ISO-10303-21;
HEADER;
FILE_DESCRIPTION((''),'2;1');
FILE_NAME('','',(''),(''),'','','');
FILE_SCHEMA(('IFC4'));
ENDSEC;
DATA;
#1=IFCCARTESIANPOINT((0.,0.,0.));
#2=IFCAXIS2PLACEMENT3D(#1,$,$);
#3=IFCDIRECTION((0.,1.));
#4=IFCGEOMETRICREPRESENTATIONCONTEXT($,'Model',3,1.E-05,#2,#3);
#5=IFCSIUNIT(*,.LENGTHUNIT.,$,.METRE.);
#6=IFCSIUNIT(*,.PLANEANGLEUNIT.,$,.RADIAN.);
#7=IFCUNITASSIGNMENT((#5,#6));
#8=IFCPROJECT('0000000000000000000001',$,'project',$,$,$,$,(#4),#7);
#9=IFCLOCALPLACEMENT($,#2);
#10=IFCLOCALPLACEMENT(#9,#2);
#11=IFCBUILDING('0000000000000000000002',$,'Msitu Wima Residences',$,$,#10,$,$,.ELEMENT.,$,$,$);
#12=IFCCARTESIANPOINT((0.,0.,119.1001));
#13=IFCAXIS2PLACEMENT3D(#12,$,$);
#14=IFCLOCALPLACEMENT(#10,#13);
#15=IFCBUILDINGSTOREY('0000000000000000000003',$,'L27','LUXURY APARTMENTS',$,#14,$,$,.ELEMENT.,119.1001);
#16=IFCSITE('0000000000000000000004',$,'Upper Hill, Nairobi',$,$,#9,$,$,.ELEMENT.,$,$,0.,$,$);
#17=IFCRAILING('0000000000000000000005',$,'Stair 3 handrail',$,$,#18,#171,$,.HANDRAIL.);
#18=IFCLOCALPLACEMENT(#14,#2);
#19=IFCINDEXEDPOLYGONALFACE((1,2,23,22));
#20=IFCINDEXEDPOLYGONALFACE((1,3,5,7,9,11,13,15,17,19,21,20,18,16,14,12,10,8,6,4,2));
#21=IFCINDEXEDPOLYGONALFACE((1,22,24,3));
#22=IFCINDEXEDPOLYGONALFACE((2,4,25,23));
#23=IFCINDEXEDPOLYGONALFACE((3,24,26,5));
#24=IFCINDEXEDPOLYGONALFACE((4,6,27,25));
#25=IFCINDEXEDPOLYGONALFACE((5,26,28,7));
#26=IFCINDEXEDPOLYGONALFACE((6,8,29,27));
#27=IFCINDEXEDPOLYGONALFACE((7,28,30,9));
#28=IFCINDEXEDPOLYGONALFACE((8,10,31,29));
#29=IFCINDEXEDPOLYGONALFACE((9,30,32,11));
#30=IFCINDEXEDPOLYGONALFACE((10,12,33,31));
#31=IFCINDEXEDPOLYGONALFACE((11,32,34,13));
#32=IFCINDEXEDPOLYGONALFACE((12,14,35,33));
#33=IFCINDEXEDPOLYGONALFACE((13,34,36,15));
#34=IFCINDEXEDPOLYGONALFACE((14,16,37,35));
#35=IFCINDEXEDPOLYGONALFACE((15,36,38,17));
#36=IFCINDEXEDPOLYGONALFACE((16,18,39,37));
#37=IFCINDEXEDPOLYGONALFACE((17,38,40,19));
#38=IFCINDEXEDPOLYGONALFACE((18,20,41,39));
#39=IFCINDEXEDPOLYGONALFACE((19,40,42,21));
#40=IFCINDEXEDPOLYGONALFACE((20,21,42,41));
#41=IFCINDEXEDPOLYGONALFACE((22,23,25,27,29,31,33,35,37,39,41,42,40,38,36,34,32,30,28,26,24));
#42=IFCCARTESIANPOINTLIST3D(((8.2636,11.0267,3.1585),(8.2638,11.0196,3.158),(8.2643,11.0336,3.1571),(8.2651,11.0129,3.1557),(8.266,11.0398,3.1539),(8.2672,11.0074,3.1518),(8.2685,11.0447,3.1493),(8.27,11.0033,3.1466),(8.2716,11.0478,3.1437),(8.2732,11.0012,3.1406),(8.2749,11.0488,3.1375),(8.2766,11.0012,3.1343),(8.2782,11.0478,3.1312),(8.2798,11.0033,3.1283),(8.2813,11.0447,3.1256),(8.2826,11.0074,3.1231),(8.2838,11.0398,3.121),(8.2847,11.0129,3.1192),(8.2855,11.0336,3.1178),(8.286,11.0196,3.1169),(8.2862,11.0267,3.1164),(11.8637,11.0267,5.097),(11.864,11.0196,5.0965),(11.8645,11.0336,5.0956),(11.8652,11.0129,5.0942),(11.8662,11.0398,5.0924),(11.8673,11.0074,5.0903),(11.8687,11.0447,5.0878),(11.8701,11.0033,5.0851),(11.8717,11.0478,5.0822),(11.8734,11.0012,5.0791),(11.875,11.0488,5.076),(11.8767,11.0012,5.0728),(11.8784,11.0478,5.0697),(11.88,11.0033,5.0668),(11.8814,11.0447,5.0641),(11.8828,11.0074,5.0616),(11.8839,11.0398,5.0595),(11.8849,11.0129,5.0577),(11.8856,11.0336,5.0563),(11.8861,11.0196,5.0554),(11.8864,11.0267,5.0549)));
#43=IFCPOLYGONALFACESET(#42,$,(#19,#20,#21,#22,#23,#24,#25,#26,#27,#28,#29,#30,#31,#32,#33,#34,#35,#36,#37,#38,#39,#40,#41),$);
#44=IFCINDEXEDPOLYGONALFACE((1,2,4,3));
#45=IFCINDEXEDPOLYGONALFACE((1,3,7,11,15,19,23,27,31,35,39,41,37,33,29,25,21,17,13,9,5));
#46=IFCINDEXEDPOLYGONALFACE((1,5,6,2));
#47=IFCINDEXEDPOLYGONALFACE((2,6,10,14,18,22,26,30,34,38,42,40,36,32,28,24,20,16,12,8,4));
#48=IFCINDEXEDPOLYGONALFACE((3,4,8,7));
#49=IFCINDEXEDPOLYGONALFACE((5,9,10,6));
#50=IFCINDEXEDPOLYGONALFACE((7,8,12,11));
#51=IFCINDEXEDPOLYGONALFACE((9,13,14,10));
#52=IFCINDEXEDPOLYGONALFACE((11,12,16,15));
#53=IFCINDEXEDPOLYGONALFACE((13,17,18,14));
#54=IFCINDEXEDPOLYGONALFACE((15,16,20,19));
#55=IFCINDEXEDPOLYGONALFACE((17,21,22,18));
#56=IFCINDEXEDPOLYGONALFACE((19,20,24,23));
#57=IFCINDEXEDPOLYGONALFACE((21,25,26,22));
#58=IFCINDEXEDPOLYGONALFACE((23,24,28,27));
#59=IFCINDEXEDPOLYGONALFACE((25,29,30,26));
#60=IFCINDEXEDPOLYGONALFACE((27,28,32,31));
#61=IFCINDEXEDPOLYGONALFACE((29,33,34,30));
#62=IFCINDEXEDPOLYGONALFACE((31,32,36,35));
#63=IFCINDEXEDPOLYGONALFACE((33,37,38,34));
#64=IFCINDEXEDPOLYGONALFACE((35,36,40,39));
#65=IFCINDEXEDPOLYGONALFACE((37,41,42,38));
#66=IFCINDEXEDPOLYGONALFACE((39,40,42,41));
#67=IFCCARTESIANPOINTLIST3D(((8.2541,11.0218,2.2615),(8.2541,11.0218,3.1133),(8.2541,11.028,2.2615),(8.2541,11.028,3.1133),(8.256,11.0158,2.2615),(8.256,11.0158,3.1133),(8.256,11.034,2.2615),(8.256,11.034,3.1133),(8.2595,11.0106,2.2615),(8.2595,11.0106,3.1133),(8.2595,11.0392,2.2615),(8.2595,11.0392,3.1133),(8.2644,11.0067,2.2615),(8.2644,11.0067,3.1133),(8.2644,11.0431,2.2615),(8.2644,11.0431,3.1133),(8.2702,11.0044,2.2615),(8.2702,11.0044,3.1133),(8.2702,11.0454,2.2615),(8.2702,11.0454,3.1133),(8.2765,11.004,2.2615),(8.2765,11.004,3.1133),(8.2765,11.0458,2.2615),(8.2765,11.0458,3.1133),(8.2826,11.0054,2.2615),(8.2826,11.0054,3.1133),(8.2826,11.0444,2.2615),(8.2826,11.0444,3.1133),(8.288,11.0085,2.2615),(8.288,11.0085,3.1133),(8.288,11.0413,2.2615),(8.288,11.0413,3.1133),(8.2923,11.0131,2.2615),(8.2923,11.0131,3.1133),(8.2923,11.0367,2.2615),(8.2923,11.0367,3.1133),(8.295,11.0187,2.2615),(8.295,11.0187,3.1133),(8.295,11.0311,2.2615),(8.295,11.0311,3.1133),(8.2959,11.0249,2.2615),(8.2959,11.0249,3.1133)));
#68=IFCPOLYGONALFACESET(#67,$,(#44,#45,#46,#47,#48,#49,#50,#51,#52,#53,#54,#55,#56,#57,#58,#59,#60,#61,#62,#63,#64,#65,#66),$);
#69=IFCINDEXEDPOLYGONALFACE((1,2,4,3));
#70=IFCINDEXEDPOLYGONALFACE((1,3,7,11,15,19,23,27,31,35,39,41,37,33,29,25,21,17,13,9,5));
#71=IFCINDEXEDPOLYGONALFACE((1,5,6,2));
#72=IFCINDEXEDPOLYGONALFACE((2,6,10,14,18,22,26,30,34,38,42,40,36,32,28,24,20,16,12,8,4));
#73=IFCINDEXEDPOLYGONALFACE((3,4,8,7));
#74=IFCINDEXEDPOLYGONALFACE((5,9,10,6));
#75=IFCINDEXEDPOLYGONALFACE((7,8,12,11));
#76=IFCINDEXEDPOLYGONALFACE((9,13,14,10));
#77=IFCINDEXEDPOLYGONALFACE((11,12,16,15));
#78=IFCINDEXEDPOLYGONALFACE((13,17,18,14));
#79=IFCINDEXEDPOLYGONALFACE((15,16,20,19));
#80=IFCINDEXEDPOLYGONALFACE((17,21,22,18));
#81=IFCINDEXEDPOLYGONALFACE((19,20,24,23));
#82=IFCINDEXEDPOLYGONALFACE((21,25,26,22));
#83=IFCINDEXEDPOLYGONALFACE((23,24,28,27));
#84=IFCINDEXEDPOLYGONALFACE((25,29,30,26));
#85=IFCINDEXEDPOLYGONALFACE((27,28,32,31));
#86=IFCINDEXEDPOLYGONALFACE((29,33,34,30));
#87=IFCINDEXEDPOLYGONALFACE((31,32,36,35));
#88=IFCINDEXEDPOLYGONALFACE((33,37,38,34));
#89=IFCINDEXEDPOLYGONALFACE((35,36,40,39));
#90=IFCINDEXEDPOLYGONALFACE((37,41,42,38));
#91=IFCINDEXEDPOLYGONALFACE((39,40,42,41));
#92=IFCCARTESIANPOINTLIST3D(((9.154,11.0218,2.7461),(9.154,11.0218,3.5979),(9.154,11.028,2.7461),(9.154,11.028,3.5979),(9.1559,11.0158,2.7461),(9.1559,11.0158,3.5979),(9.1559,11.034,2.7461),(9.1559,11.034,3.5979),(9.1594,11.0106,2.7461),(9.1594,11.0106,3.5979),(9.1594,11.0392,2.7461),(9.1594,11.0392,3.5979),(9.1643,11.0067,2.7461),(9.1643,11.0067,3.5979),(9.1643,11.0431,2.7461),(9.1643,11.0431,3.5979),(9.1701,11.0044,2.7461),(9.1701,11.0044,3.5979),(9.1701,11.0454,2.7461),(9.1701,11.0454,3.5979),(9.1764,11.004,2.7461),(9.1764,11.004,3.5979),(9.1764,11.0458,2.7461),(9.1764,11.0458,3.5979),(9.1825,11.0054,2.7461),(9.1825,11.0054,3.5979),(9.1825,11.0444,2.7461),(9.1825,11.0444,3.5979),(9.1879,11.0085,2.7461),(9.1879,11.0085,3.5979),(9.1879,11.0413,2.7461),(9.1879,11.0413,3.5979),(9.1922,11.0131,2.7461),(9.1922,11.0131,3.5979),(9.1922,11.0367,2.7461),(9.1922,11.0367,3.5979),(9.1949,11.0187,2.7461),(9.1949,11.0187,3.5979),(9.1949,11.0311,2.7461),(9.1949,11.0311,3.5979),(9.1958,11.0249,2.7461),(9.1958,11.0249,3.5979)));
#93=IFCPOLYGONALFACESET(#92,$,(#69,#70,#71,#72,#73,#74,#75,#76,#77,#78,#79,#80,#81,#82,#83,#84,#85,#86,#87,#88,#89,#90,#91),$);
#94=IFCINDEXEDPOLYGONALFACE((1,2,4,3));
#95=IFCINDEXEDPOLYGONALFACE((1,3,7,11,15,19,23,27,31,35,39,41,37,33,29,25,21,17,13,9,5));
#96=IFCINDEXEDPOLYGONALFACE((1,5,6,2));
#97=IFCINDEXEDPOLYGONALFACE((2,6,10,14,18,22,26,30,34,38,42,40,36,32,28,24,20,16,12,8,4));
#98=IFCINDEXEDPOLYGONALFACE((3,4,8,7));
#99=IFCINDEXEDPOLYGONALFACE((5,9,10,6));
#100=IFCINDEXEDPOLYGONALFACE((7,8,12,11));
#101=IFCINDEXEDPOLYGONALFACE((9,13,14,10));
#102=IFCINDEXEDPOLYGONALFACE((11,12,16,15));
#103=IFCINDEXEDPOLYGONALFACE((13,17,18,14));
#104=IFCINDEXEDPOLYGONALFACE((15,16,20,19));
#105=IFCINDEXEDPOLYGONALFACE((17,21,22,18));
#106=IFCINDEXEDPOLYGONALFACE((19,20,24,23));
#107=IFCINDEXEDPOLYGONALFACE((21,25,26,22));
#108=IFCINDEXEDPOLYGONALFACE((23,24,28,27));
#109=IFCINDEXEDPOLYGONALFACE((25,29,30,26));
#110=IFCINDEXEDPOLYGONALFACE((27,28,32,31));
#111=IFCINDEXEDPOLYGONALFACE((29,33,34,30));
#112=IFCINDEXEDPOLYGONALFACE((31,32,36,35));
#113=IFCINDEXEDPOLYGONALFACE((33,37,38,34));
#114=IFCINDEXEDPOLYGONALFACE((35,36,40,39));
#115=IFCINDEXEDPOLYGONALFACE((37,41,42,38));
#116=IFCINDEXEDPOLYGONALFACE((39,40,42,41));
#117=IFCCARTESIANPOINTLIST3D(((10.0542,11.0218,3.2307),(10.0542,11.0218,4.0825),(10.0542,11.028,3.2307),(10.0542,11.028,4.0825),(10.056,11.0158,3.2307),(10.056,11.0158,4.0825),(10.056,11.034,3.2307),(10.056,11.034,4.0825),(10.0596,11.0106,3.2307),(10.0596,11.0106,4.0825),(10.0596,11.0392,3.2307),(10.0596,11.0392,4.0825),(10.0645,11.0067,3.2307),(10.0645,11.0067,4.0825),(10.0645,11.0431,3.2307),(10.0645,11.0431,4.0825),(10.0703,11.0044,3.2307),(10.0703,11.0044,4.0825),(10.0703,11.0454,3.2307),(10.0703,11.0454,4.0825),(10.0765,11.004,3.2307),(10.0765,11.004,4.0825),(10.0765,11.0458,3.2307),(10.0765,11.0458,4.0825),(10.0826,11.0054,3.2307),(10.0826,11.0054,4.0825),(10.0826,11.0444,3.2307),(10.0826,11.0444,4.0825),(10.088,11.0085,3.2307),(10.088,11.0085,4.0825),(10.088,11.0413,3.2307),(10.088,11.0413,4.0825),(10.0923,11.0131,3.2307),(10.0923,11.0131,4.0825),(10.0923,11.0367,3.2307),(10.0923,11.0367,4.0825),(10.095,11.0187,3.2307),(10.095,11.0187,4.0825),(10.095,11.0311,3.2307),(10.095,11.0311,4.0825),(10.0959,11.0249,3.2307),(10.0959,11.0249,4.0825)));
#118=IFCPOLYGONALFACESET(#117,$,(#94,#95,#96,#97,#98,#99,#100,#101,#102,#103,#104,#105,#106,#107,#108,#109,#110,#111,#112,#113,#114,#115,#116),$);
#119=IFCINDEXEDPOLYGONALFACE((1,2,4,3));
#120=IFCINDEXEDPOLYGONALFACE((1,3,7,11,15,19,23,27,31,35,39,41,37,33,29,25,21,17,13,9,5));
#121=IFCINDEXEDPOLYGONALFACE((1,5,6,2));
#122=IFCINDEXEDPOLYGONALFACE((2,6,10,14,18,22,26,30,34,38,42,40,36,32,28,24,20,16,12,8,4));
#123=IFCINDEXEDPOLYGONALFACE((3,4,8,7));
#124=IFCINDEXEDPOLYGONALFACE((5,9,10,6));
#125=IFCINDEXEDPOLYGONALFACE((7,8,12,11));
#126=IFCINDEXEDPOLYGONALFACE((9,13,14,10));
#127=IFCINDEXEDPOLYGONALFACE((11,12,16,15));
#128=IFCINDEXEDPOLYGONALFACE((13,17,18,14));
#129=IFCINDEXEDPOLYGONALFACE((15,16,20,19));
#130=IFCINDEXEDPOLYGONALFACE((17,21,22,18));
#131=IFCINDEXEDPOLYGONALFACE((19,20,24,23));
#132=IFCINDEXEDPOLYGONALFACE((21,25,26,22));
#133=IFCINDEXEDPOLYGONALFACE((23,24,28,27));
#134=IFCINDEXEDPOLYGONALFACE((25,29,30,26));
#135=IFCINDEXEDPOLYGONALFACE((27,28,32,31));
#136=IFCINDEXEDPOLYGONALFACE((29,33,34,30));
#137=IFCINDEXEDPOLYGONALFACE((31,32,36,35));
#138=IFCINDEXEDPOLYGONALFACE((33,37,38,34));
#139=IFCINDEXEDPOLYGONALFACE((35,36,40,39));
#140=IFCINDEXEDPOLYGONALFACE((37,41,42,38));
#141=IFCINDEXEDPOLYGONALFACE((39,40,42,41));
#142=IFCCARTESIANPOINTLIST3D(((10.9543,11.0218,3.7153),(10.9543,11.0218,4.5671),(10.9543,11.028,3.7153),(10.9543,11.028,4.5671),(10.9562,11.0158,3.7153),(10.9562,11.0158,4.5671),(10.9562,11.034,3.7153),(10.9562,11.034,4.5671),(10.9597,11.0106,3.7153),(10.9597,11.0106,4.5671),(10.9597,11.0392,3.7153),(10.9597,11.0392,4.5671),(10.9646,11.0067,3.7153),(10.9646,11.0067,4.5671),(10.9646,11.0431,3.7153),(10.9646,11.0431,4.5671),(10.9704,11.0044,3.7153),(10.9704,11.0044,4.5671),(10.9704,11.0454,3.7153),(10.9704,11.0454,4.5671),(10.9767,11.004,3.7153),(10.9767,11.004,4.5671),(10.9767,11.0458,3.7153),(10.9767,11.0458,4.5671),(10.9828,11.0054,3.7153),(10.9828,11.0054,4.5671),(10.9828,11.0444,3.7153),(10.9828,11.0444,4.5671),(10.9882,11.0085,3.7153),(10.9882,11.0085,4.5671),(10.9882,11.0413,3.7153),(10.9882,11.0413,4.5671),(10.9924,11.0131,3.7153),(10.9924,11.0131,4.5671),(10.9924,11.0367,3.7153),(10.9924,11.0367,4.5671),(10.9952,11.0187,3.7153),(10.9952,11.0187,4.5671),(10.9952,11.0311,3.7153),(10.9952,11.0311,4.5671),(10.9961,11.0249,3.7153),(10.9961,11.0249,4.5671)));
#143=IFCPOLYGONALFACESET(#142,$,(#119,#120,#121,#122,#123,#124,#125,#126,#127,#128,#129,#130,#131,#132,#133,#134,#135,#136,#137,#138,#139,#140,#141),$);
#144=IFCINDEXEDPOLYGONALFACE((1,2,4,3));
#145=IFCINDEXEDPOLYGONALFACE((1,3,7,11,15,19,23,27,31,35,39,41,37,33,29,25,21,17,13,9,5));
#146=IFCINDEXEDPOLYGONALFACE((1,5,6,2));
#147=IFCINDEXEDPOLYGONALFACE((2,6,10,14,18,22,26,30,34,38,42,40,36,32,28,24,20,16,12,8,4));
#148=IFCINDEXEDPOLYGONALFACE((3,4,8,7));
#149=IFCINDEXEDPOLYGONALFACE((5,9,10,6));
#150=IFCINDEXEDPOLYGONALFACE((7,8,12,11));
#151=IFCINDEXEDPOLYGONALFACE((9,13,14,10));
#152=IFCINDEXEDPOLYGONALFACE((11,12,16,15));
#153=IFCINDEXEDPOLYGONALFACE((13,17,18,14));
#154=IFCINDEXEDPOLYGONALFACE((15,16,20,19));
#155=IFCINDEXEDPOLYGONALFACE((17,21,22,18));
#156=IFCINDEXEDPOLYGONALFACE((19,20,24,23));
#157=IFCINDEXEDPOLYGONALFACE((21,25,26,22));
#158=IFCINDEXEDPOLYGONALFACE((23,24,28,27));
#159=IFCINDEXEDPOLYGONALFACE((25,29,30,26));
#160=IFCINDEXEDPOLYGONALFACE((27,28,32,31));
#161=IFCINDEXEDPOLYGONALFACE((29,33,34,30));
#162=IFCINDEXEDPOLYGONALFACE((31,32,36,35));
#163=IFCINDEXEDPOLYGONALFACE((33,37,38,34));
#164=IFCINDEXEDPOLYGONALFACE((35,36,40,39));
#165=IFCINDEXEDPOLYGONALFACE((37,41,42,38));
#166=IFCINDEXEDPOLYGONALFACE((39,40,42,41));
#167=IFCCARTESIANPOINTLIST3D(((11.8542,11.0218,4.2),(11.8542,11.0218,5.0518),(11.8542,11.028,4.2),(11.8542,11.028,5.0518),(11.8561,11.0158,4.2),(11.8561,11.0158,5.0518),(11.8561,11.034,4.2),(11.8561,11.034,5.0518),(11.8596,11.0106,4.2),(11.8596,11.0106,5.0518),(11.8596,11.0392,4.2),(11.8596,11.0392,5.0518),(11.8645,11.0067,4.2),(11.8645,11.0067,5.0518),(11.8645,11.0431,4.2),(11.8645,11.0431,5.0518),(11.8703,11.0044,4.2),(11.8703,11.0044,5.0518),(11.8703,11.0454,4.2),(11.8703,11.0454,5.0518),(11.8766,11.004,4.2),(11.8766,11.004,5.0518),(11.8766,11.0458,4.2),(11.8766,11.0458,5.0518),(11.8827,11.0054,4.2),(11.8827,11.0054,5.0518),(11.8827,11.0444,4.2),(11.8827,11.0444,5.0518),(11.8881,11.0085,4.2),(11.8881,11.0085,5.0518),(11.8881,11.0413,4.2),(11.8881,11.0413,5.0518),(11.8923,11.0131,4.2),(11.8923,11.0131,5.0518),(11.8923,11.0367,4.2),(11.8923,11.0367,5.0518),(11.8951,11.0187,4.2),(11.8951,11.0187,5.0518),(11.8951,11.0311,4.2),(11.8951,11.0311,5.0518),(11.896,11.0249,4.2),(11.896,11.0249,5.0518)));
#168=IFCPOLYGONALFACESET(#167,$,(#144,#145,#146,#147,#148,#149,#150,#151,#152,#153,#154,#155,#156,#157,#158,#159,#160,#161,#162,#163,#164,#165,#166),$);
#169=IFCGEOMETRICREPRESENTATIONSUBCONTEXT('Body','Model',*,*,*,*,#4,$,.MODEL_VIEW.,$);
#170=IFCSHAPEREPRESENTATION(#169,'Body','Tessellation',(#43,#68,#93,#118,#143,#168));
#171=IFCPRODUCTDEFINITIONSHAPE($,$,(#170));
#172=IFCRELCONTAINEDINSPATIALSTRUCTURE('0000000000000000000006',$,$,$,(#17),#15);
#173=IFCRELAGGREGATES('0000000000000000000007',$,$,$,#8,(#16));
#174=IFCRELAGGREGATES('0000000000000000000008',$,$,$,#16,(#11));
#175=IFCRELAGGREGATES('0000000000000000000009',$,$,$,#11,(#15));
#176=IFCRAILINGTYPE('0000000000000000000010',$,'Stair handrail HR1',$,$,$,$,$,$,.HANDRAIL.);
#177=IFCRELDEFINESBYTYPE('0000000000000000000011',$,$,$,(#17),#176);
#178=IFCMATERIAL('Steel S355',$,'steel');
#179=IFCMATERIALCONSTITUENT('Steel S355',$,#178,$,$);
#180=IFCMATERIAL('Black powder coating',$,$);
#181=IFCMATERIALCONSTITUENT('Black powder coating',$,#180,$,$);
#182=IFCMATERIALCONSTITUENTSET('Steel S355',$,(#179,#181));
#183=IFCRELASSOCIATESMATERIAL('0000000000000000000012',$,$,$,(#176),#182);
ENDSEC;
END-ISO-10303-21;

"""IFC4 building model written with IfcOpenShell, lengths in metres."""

from ifc_helpers import new_model, si_unit, direction, frame, origin, origin_2d, place, context, subcontext, project, spatial, circle, extrude, material, constituent, constituent_set, type_object, element, save


model = new_model("IFC4")

# Units and contexts
model_context = context("Model", 3, precision=1e-05, world=origin(), true_north=direction((0.0, 1.0)))
body_context = subcontext(model_context, "Body", "Model", "MODEL_VIEW")
ifc_project = project(units=[si_unit("LENGTHUNIT", "METRE"), si_unit("PLANEANGLEUNIT", "RADIAN")], contexts=[model_context])

# Site, building, storey
site_placement = place(None, origin())
site = spatial("IfcSite", under=ifc_project, at=site_placement, Name="Upper Hill, Nairobi", CompositionType="ELEMENT", RefElevation=0.0)
building_placement = place(site_placement, origin())
building = spatial("IfcBuilding", under=site, at=building_placement, Name="Msitu Wima Residences", CompositionType="ELEMENT")
storey_placement = place(building_placement, frame((0.0, 0.0, 119.1001)))
storey = spatial("IfcBuildingStorey", under=building, at=storey_placement, Name="L27", Description="LUXURY APARTMENTS", CompositionType="ELEMENT", Elevation=119.1001)

# Railing
ifc_material_1 = material(Name="Steel S355", Category="steel")
ifc_constituent_1 = constituent(ifc_material_1, Name="Steel S355")
ifc_material_2 = material(Name="Black powder coating")
ifc_constituent_2 = constituent(ifc_material_2, Name="Black powder coating")
ifc_constituent_set = constituent_set(constituents=[ifc_constituent_1, ifc_constituent_2], Name="Steel S355")
railing_type = type_object("IfcRailingType", Name="Stair handrail HR1", PredefinedType="HANDRAIL", material=ifc_constituent_set)
for number, where, name in (
    (1, (8.2749, 11.0249, 2.2615), "Stair 3 handrail"),
):
    element("IfcRailing", number, at=place(storey_placement, frame(where)), inside=storey, type_object=railing_type, Name=name, PredefinedType="HANDRAIL", context=body_context, shape_type="SweptSolid", body=[
        extrude(circle(Radius=0.0239, at=origin_2d()), frame((0.0, 0.0, 0.876), z_axis=(0.880475, 0.0, 0.474093), x_axis=(0.0, 1.0, 0.0)), (0.0, 0.0, 1.0), 4.0889),
        extrude(circle(Radius=0.021, at=origin_2d()), origin(), (0.0, 0.0, 1.0), 0.8518),
        extrude(circle(Radius=0.021, at=origin_2d()), frame((0.8999, 0.0, 0.4846)), (0.0, 0.0, 1.0), 0.8518),
        extrude(circle(Radius=0.021, at=origin_2d()), frame((1.8, 0.0, 0.9692)), (0.0, 0.0, 1.0), 0.8518),
        extrude(circle(Radius=0.021, at=origin_2d()), frame((2.7002, 0.0, 1.4539)), (0.0, 0.0, 1.0), 0.8518),
        extrude(circle(Radius=0.021, at=origin_2d()), frame((3.6001, 0.0, 1.9385)), (0.0, 0.0, 1.0), 0.8518),
    ])

save(model, "model.ifc")
